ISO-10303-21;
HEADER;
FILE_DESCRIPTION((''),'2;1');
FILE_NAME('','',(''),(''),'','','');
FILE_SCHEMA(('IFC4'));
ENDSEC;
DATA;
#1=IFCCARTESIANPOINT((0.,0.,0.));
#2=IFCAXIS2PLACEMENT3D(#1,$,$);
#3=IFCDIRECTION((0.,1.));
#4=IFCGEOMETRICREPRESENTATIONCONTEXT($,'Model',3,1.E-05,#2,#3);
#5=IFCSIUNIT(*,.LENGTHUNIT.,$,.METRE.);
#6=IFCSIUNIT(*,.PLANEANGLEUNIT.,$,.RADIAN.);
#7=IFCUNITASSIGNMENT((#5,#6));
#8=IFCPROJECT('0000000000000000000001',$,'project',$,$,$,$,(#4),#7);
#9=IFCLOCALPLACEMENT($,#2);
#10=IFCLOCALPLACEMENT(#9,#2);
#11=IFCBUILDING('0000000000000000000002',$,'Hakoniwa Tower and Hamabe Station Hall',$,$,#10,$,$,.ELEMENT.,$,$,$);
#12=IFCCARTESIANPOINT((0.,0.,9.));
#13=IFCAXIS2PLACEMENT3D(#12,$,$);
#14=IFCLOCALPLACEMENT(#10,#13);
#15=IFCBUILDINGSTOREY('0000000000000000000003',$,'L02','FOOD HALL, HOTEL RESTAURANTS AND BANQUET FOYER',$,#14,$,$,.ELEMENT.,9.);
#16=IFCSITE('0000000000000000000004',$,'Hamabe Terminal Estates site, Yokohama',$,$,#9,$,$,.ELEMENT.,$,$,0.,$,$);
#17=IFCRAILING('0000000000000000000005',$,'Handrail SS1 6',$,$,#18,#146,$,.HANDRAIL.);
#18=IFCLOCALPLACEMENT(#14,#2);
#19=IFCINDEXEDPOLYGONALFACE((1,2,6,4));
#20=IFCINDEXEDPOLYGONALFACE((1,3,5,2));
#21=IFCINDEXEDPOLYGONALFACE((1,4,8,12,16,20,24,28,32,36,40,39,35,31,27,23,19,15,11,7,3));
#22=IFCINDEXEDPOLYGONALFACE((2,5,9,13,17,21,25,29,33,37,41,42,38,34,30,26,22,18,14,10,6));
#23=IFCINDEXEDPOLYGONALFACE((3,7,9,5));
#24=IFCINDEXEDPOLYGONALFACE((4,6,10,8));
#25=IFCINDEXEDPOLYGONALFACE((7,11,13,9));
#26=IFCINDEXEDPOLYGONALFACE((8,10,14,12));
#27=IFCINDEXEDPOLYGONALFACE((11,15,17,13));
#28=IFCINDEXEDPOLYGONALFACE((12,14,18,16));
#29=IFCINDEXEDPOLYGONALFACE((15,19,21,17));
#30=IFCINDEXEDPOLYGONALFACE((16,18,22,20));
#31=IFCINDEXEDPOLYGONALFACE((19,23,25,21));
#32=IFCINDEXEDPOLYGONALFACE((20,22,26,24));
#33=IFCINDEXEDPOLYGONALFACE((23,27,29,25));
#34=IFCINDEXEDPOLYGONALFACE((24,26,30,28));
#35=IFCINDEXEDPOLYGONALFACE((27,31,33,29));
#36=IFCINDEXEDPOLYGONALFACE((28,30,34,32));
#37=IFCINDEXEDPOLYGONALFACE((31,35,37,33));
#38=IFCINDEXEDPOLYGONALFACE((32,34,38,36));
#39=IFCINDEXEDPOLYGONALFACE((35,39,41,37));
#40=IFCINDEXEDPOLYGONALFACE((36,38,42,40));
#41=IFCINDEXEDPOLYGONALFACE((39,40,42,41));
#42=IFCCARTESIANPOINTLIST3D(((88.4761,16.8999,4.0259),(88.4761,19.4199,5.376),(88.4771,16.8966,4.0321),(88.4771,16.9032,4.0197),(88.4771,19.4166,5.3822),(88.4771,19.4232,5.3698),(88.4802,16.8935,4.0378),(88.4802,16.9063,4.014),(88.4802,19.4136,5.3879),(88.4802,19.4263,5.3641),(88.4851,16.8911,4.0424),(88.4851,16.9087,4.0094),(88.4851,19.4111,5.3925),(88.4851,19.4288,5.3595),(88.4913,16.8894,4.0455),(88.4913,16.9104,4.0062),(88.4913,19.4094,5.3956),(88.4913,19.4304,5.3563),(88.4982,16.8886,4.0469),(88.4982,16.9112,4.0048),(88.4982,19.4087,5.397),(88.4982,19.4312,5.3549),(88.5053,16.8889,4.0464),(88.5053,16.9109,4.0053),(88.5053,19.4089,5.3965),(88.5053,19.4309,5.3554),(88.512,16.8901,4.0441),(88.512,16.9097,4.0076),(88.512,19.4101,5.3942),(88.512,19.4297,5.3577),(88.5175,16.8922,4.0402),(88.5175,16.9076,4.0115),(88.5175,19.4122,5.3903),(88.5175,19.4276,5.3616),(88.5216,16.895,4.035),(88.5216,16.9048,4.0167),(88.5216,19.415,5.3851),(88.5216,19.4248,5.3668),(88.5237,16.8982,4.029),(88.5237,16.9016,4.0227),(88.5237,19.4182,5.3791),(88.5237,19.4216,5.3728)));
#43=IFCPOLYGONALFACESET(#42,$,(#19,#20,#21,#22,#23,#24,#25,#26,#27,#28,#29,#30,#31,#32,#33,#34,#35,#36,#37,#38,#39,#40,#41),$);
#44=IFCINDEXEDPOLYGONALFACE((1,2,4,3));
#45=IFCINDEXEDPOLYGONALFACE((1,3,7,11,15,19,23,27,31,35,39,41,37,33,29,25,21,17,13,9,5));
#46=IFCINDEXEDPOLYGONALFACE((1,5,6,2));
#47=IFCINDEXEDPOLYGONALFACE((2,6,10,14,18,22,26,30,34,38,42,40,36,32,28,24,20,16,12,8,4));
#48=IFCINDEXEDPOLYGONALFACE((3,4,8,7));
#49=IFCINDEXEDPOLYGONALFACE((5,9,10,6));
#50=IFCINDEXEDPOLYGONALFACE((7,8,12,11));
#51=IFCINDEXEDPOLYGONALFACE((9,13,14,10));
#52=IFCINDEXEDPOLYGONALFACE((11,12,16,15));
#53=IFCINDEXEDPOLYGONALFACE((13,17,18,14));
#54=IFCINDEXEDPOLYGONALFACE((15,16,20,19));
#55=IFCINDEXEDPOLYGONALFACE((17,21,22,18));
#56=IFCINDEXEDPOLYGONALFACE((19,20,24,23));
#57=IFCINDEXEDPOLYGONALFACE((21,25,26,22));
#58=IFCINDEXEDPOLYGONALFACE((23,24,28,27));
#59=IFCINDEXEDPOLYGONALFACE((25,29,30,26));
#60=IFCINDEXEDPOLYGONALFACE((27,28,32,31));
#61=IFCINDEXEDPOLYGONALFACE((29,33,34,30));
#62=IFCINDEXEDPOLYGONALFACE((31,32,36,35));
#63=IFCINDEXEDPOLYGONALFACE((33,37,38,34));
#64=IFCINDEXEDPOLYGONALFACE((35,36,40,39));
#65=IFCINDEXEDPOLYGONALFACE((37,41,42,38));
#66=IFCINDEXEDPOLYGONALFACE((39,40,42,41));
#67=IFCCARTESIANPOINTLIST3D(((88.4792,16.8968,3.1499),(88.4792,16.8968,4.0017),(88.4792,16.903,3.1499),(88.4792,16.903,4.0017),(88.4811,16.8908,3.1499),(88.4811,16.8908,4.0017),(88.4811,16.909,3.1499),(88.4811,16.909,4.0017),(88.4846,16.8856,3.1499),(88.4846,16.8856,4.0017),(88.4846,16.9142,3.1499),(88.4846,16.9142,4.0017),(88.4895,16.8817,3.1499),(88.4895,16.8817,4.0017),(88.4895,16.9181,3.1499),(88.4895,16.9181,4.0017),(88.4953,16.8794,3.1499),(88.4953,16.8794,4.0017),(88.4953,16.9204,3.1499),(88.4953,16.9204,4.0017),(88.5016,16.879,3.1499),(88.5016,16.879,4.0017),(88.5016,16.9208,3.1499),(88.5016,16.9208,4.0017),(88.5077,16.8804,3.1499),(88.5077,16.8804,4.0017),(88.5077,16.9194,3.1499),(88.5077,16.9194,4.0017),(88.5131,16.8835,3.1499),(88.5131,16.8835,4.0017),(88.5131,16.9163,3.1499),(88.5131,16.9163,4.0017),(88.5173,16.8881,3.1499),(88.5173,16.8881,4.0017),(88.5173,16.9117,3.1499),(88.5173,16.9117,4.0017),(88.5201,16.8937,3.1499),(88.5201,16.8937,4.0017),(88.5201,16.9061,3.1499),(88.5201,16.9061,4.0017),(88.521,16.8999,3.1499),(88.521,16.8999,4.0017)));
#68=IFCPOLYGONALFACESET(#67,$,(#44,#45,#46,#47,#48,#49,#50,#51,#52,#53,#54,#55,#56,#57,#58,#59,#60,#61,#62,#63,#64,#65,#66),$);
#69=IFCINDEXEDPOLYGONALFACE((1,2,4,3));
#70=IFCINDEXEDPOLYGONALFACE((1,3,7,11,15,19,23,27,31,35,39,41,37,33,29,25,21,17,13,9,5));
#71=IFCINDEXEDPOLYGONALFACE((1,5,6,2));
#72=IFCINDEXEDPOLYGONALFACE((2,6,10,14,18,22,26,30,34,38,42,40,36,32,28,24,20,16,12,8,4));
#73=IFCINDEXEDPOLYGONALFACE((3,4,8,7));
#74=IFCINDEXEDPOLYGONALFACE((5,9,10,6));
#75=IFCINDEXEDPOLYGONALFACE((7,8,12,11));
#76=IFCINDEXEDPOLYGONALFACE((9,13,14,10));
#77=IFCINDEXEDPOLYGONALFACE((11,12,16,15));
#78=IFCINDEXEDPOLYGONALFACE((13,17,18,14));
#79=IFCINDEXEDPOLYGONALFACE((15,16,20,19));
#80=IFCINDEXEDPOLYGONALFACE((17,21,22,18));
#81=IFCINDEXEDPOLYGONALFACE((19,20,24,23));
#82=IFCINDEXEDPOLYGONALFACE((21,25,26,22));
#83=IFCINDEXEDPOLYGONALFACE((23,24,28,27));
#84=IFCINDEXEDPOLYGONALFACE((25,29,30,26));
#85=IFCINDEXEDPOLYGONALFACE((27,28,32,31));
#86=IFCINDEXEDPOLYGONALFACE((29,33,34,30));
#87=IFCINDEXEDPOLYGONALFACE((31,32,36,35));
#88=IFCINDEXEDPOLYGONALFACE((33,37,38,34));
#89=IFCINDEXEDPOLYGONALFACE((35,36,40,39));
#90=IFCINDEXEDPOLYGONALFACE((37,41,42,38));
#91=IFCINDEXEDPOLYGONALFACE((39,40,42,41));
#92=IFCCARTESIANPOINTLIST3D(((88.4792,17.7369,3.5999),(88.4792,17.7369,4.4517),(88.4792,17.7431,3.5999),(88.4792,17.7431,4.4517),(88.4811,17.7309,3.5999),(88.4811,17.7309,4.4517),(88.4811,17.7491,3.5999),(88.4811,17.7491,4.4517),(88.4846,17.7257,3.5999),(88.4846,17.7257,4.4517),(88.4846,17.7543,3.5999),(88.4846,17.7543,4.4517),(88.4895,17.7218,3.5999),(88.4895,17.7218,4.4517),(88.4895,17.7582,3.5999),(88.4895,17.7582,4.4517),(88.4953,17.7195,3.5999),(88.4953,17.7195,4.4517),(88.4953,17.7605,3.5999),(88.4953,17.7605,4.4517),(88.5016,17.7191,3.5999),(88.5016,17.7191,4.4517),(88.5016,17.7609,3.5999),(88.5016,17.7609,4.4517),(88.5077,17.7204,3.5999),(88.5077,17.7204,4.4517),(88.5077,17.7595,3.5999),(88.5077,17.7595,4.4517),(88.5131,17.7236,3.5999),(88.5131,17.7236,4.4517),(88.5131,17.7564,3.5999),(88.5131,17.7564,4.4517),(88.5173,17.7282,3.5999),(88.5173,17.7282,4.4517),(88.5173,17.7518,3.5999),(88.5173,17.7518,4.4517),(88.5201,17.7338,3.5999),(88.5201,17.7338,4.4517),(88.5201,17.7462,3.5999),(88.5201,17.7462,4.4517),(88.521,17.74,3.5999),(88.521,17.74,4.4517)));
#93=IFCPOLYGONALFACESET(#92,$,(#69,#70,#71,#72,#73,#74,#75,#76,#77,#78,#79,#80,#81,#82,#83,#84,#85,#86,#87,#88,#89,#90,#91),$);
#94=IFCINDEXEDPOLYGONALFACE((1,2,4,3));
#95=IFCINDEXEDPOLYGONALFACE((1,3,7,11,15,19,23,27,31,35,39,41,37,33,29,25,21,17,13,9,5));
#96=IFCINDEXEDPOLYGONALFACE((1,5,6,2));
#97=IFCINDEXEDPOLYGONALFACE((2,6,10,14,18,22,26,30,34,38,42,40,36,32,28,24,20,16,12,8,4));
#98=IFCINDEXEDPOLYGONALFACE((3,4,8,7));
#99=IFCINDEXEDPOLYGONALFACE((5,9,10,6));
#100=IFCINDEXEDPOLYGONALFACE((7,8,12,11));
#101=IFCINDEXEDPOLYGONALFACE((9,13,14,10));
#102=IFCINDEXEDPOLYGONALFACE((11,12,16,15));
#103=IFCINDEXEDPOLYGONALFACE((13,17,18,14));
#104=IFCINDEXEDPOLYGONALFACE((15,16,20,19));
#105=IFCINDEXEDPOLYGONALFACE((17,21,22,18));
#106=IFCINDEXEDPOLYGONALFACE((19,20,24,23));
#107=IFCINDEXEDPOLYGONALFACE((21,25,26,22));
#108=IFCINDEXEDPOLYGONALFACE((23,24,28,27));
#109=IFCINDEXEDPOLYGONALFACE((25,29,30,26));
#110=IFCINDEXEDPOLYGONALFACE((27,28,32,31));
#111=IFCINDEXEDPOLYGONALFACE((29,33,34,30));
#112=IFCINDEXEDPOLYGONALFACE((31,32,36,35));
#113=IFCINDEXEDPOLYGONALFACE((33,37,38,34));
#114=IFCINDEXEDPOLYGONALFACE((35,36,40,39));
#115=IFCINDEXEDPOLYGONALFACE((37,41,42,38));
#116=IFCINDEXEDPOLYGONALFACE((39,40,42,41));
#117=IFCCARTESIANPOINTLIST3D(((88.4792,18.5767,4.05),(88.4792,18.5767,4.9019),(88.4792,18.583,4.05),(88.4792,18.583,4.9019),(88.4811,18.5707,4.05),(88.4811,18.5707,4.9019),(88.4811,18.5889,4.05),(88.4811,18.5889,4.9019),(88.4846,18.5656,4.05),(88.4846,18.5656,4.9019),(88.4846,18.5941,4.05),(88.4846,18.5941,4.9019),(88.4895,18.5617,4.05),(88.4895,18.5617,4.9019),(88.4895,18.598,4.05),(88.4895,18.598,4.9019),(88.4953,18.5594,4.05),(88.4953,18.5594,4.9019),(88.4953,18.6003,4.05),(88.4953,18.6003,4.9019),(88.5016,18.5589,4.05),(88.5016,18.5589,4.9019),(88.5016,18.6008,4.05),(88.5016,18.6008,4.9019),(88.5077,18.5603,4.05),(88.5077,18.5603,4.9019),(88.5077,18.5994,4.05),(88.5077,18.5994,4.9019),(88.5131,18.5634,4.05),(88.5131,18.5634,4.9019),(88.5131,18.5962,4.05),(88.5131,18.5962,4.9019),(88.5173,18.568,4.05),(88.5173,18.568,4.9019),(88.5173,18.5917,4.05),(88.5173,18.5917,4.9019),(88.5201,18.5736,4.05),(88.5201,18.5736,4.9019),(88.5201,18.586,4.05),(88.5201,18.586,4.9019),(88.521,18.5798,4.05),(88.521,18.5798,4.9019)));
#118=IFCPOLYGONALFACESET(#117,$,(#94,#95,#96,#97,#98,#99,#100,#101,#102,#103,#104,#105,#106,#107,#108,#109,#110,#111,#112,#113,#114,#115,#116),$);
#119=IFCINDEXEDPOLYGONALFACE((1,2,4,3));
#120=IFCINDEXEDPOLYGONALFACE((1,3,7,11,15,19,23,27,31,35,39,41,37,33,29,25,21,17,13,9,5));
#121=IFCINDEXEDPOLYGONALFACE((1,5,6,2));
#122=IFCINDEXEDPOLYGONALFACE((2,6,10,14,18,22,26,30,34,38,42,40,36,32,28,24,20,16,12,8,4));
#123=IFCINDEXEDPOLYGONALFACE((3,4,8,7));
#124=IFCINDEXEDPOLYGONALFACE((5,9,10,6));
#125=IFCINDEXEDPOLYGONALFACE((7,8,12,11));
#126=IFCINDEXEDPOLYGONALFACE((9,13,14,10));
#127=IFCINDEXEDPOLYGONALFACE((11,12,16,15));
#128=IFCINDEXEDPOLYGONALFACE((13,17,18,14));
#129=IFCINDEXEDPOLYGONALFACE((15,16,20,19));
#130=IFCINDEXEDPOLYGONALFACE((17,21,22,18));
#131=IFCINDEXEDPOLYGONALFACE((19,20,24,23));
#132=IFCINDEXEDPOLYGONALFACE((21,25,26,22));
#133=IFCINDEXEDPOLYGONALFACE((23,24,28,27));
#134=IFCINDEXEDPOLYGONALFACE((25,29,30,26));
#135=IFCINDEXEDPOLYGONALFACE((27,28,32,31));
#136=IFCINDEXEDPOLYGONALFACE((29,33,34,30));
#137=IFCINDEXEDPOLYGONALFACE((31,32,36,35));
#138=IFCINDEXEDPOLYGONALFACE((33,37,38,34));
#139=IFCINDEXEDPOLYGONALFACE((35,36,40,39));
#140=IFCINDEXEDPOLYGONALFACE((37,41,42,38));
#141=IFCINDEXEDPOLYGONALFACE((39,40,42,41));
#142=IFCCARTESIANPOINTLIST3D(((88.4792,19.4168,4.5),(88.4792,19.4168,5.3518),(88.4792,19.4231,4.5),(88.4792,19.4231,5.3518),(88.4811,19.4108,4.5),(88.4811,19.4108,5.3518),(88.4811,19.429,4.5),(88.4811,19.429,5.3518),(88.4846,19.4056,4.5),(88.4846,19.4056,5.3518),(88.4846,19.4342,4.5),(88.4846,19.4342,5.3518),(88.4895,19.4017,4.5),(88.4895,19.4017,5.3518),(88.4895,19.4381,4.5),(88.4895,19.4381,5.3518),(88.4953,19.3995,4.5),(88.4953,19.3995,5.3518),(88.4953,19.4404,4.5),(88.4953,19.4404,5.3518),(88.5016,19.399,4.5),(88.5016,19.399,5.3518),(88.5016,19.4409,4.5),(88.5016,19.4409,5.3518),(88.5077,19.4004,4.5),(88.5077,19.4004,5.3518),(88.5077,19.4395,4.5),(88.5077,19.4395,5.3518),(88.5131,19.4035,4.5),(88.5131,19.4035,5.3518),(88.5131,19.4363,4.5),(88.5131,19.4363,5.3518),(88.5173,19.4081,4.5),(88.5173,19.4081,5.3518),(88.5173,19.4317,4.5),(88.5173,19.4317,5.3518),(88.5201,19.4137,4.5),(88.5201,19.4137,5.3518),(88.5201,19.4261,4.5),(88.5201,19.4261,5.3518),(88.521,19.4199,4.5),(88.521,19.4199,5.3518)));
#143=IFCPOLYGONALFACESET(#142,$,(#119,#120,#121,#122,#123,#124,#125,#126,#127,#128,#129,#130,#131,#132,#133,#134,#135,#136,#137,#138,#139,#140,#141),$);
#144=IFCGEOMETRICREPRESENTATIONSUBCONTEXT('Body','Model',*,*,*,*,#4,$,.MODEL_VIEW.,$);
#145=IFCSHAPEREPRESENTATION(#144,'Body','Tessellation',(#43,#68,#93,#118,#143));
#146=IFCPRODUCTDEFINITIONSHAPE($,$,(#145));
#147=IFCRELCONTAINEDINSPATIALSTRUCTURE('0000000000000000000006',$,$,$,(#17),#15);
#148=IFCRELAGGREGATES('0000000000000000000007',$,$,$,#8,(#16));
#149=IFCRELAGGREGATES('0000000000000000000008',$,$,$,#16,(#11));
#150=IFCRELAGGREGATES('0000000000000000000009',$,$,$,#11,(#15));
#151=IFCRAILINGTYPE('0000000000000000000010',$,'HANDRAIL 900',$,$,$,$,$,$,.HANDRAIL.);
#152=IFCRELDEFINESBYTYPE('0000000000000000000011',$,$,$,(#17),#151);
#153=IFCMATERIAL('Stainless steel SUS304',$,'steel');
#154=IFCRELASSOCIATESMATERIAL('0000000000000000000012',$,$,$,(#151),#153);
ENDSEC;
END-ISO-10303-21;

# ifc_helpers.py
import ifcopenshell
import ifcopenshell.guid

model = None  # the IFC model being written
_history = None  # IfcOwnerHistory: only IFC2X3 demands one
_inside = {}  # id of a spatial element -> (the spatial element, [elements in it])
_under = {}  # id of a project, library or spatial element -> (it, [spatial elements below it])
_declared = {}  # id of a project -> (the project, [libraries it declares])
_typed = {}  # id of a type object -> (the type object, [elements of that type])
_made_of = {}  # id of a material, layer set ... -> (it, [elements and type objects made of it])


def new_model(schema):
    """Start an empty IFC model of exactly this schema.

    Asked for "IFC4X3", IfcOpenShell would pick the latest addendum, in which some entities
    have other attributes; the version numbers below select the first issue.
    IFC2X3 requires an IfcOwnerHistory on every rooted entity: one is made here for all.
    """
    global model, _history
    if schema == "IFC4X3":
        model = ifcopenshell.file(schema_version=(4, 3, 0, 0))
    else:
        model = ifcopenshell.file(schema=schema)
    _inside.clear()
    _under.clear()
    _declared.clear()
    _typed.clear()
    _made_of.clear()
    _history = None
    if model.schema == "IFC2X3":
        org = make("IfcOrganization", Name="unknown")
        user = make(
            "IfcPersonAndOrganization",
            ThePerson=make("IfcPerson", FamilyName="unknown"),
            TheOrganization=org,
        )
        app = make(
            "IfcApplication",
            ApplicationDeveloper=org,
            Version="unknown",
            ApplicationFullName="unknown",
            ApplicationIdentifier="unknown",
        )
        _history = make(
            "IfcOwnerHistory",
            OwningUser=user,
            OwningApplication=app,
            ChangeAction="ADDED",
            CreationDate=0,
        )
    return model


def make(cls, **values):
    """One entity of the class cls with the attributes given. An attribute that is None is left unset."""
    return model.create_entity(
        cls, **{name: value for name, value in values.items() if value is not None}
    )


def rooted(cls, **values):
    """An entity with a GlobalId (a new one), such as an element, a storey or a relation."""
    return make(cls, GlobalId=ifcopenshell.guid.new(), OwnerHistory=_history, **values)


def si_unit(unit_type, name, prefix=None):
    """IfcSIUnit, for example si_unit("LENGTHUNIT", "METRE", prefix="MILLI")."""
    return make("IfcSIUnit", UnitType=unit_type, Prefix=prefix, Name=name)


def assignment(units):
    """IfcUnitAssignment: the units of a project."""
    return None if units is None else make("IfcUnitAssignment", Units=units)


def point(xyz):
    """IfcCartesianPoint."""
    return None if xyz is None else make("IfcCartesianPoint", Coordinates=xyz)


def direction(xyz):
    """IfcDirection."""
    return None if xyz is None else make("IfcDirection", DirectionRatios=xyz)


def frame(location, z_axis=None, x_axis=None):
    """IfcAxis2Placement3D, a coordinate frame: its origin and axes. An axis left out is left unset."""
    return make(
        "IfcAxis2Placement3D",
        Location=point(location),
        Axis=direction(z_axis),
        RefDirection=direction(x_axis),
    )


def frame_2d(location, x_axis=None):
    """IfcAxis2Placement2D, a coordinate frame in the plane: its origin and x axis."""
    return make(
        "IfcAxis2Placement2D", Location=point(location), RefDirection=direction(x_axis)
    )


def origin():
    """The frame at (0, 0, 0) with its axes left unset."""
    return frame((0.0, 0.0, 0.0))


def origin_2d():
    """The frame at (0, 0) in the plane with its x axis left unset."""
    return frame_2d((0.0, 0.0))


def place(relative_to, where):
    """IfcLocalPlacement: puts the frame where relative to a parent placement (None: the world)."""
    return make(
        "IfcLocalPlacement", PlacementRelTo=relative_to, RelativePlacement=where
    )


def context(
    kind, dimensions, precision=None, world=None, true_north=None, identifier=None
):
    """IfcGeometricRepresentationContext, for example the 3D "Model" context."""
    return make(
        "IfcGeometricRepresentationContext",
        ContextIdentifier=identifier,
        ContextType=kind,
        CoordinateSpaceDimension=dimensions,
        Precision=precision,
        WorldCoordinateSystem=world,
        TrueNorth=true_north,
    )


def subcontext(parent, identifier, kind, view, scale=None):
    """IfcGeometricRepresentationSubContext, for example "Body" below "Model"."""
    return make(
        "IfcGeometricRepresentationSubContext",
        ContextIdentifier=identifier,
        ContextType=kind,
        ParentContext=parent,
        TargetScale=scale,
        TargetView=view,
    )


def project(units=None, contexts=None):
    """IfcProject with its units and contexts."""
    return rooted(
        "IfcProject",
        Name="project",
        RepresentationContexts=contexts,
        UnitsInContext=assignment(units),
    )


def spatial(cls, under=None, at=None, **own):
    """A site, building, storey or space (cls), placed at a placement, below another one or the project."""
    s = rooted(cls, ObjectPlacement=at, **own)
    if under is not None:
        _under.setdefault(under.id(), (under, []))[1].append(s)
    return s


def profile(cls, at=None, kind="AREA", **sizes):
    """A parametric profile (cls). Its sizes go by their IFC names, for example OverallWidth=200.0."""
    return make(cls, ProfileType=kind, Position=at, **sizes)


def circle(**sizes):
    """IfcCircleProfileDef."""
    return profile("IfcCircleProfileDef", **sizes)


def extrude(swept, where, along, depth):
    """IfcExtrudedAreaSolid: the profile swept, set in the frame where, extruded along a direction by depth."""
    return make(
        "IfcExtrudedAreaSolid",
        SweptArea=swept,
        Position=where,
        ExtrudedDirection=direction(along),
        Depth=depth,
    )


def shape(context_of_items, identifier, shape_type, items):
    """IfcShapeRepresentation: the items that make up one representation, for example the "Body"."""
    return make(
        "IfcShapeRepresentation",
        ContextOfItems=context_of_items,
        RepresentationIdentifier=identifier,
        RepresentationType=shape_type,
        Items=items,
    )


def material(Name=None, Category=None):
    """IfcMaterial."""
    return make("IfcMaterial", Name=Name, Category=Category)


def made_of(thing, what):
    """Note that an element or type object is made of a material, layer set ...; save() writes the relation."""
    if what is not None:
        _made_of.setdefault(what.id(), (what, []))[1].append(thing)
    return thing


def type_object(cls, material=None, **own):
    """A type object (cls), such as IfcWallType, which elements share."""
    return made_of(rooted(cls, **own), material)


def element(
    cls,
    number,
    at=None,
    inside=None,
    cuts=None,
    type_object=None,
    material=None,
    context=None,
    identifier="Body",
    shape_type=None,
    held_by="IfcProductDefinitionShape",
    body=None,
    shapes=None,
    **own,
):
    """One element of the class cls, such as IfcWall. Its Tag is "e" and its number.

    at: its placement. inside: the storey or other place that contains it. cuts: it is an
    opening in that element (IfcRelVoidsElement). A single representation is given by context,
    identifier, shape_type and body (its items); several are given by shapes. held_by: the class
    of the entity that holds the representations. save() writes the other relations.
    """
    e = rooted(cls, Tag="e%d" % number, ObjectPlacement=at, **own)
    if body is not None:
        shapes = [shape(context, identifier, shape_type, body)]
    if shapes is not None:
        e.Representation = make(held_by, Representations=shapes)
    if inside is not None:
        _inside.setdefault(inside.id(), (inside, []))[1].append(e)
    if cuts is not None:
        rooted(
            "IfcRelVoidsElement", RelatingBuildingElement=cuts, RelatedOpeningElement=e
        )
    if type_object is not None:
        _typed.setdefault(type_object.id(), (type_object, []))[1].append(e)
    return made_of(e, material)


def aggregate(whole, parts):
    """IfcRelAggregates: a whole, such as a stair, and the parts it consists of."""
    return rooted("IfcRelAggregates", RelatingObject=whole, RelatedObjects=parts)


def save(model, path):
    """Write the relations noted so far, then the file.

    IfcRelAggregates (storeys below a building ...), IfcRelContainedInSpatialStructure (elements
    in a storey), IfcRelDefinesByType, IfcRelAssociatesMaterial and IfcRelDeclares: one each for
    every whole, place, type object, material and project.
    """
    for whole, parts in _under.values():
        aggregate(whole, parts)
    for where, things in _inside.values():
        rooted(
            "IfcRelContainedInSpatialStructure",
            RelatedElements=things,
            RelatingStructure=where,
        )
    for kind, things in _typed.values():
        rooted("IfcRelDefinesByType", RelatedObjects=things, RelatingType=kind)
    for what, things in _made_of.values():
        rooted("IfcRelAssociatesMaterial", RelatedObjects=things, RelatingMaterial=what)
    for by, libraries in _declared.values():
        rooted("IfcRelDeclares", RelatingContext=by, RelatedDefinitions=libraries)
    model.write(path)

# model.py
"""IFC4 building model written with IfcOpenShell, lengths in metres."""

from ifc_helpers import new_model, si_unit, direction, frame, origin, origin_2d, place, context, subcontext, project, spatial, circle, extrude, material, type_object, element, save


model = new_model("IFC4")

# Units and contexts
model_context = context("Model", 3, precision=1e-05, world=origin(), true_north=direction((0.0, 1.0)))
body_context = subcontext(model_context, "Body", "Model", "MODEL_VIEW")
ifc_project = project(units=[si_unit("LENGTHUNIT", "METRE"), si_unit("PLANEANGLEUNIT", "RADIAN")], contexts=[model_context])

# Site, building, storey
site_placement = place(None, origin())
site = spatial("IfcSite", under=ifc_project, at=site_placement, Name="Hamabe Terminal Estates site, Yokohama", CompositionType="ELEMENT", RefElevation=0.0)
building_placement = place(site_placement, origin())
building = spatial("IfcBuilding", under=site, at=building_placement, Name="Hakoniwa Tower and Hamabe Station Hall", CompositionType="ELEMENT")
storey_placement = place(building_placement, frame((0.0, 0.0, 9.0)))
storey = spatial("IfcBuildingStorey", under=building, at=storey_placement, Name="L02", Description="FOOD HALL, HOTEL RESTAURANTS AND BANQUET FOYER", CompositionType="ELEMENT", Elevation=9.0)

# Railing
ifc_material_1 = material(Name="Stainless steel SUS304", Category="steel")
railing_type = type_object("IfcRailingType", Name="HANDRAIL 900", PredefinedType="HANDRAIL", material=ifc_material_1)
for number, where, name in (
    (1, (88.5, 16.8999, 3.1499), "Handrail SS1 6"),
):
    element("IfcRailing", number, at=place(storey_placement, frame(where)), inside=storey, type_object=railing_type, Name=name, PredefinedType="HANDRAIL", context=body_context, shape_type="SweptSolid", body=[
        extrude(circle(Radius=0.0239, at=origin_2d()), frame((0.0, 0.0, 0.876), z_axis=(0.0, 0.881467, 0.472245), x_axis=(-1.0, 0.0, 0.0)), (0.0, 0.0, 1.0), 2.8589),
        extrude(circle(Radius=0.021, at=origin_2d()), origin(), (0.0, 0.0, 1.0), 0.8518),
        extrude(circle(Radius=0.021, at=origin_2d()), frame((0.0, 0.8401, 0.45)), (0.0, 0.0, 1.0), 0.8518),
        extrude(circle(Radius=0.021, at=origin_2d()), frame((0.0, 1.6799, 0.9001)), (0.0, 0.0, 1.0), 0.8518),
        extrude(circle(Radius=0.021, at=origin_2d()), frame((0.0, 2.52, 1.3501)), (0.0, 0.0, 1.0), 0.8518),
    ])

save(model, "model.ifc")
